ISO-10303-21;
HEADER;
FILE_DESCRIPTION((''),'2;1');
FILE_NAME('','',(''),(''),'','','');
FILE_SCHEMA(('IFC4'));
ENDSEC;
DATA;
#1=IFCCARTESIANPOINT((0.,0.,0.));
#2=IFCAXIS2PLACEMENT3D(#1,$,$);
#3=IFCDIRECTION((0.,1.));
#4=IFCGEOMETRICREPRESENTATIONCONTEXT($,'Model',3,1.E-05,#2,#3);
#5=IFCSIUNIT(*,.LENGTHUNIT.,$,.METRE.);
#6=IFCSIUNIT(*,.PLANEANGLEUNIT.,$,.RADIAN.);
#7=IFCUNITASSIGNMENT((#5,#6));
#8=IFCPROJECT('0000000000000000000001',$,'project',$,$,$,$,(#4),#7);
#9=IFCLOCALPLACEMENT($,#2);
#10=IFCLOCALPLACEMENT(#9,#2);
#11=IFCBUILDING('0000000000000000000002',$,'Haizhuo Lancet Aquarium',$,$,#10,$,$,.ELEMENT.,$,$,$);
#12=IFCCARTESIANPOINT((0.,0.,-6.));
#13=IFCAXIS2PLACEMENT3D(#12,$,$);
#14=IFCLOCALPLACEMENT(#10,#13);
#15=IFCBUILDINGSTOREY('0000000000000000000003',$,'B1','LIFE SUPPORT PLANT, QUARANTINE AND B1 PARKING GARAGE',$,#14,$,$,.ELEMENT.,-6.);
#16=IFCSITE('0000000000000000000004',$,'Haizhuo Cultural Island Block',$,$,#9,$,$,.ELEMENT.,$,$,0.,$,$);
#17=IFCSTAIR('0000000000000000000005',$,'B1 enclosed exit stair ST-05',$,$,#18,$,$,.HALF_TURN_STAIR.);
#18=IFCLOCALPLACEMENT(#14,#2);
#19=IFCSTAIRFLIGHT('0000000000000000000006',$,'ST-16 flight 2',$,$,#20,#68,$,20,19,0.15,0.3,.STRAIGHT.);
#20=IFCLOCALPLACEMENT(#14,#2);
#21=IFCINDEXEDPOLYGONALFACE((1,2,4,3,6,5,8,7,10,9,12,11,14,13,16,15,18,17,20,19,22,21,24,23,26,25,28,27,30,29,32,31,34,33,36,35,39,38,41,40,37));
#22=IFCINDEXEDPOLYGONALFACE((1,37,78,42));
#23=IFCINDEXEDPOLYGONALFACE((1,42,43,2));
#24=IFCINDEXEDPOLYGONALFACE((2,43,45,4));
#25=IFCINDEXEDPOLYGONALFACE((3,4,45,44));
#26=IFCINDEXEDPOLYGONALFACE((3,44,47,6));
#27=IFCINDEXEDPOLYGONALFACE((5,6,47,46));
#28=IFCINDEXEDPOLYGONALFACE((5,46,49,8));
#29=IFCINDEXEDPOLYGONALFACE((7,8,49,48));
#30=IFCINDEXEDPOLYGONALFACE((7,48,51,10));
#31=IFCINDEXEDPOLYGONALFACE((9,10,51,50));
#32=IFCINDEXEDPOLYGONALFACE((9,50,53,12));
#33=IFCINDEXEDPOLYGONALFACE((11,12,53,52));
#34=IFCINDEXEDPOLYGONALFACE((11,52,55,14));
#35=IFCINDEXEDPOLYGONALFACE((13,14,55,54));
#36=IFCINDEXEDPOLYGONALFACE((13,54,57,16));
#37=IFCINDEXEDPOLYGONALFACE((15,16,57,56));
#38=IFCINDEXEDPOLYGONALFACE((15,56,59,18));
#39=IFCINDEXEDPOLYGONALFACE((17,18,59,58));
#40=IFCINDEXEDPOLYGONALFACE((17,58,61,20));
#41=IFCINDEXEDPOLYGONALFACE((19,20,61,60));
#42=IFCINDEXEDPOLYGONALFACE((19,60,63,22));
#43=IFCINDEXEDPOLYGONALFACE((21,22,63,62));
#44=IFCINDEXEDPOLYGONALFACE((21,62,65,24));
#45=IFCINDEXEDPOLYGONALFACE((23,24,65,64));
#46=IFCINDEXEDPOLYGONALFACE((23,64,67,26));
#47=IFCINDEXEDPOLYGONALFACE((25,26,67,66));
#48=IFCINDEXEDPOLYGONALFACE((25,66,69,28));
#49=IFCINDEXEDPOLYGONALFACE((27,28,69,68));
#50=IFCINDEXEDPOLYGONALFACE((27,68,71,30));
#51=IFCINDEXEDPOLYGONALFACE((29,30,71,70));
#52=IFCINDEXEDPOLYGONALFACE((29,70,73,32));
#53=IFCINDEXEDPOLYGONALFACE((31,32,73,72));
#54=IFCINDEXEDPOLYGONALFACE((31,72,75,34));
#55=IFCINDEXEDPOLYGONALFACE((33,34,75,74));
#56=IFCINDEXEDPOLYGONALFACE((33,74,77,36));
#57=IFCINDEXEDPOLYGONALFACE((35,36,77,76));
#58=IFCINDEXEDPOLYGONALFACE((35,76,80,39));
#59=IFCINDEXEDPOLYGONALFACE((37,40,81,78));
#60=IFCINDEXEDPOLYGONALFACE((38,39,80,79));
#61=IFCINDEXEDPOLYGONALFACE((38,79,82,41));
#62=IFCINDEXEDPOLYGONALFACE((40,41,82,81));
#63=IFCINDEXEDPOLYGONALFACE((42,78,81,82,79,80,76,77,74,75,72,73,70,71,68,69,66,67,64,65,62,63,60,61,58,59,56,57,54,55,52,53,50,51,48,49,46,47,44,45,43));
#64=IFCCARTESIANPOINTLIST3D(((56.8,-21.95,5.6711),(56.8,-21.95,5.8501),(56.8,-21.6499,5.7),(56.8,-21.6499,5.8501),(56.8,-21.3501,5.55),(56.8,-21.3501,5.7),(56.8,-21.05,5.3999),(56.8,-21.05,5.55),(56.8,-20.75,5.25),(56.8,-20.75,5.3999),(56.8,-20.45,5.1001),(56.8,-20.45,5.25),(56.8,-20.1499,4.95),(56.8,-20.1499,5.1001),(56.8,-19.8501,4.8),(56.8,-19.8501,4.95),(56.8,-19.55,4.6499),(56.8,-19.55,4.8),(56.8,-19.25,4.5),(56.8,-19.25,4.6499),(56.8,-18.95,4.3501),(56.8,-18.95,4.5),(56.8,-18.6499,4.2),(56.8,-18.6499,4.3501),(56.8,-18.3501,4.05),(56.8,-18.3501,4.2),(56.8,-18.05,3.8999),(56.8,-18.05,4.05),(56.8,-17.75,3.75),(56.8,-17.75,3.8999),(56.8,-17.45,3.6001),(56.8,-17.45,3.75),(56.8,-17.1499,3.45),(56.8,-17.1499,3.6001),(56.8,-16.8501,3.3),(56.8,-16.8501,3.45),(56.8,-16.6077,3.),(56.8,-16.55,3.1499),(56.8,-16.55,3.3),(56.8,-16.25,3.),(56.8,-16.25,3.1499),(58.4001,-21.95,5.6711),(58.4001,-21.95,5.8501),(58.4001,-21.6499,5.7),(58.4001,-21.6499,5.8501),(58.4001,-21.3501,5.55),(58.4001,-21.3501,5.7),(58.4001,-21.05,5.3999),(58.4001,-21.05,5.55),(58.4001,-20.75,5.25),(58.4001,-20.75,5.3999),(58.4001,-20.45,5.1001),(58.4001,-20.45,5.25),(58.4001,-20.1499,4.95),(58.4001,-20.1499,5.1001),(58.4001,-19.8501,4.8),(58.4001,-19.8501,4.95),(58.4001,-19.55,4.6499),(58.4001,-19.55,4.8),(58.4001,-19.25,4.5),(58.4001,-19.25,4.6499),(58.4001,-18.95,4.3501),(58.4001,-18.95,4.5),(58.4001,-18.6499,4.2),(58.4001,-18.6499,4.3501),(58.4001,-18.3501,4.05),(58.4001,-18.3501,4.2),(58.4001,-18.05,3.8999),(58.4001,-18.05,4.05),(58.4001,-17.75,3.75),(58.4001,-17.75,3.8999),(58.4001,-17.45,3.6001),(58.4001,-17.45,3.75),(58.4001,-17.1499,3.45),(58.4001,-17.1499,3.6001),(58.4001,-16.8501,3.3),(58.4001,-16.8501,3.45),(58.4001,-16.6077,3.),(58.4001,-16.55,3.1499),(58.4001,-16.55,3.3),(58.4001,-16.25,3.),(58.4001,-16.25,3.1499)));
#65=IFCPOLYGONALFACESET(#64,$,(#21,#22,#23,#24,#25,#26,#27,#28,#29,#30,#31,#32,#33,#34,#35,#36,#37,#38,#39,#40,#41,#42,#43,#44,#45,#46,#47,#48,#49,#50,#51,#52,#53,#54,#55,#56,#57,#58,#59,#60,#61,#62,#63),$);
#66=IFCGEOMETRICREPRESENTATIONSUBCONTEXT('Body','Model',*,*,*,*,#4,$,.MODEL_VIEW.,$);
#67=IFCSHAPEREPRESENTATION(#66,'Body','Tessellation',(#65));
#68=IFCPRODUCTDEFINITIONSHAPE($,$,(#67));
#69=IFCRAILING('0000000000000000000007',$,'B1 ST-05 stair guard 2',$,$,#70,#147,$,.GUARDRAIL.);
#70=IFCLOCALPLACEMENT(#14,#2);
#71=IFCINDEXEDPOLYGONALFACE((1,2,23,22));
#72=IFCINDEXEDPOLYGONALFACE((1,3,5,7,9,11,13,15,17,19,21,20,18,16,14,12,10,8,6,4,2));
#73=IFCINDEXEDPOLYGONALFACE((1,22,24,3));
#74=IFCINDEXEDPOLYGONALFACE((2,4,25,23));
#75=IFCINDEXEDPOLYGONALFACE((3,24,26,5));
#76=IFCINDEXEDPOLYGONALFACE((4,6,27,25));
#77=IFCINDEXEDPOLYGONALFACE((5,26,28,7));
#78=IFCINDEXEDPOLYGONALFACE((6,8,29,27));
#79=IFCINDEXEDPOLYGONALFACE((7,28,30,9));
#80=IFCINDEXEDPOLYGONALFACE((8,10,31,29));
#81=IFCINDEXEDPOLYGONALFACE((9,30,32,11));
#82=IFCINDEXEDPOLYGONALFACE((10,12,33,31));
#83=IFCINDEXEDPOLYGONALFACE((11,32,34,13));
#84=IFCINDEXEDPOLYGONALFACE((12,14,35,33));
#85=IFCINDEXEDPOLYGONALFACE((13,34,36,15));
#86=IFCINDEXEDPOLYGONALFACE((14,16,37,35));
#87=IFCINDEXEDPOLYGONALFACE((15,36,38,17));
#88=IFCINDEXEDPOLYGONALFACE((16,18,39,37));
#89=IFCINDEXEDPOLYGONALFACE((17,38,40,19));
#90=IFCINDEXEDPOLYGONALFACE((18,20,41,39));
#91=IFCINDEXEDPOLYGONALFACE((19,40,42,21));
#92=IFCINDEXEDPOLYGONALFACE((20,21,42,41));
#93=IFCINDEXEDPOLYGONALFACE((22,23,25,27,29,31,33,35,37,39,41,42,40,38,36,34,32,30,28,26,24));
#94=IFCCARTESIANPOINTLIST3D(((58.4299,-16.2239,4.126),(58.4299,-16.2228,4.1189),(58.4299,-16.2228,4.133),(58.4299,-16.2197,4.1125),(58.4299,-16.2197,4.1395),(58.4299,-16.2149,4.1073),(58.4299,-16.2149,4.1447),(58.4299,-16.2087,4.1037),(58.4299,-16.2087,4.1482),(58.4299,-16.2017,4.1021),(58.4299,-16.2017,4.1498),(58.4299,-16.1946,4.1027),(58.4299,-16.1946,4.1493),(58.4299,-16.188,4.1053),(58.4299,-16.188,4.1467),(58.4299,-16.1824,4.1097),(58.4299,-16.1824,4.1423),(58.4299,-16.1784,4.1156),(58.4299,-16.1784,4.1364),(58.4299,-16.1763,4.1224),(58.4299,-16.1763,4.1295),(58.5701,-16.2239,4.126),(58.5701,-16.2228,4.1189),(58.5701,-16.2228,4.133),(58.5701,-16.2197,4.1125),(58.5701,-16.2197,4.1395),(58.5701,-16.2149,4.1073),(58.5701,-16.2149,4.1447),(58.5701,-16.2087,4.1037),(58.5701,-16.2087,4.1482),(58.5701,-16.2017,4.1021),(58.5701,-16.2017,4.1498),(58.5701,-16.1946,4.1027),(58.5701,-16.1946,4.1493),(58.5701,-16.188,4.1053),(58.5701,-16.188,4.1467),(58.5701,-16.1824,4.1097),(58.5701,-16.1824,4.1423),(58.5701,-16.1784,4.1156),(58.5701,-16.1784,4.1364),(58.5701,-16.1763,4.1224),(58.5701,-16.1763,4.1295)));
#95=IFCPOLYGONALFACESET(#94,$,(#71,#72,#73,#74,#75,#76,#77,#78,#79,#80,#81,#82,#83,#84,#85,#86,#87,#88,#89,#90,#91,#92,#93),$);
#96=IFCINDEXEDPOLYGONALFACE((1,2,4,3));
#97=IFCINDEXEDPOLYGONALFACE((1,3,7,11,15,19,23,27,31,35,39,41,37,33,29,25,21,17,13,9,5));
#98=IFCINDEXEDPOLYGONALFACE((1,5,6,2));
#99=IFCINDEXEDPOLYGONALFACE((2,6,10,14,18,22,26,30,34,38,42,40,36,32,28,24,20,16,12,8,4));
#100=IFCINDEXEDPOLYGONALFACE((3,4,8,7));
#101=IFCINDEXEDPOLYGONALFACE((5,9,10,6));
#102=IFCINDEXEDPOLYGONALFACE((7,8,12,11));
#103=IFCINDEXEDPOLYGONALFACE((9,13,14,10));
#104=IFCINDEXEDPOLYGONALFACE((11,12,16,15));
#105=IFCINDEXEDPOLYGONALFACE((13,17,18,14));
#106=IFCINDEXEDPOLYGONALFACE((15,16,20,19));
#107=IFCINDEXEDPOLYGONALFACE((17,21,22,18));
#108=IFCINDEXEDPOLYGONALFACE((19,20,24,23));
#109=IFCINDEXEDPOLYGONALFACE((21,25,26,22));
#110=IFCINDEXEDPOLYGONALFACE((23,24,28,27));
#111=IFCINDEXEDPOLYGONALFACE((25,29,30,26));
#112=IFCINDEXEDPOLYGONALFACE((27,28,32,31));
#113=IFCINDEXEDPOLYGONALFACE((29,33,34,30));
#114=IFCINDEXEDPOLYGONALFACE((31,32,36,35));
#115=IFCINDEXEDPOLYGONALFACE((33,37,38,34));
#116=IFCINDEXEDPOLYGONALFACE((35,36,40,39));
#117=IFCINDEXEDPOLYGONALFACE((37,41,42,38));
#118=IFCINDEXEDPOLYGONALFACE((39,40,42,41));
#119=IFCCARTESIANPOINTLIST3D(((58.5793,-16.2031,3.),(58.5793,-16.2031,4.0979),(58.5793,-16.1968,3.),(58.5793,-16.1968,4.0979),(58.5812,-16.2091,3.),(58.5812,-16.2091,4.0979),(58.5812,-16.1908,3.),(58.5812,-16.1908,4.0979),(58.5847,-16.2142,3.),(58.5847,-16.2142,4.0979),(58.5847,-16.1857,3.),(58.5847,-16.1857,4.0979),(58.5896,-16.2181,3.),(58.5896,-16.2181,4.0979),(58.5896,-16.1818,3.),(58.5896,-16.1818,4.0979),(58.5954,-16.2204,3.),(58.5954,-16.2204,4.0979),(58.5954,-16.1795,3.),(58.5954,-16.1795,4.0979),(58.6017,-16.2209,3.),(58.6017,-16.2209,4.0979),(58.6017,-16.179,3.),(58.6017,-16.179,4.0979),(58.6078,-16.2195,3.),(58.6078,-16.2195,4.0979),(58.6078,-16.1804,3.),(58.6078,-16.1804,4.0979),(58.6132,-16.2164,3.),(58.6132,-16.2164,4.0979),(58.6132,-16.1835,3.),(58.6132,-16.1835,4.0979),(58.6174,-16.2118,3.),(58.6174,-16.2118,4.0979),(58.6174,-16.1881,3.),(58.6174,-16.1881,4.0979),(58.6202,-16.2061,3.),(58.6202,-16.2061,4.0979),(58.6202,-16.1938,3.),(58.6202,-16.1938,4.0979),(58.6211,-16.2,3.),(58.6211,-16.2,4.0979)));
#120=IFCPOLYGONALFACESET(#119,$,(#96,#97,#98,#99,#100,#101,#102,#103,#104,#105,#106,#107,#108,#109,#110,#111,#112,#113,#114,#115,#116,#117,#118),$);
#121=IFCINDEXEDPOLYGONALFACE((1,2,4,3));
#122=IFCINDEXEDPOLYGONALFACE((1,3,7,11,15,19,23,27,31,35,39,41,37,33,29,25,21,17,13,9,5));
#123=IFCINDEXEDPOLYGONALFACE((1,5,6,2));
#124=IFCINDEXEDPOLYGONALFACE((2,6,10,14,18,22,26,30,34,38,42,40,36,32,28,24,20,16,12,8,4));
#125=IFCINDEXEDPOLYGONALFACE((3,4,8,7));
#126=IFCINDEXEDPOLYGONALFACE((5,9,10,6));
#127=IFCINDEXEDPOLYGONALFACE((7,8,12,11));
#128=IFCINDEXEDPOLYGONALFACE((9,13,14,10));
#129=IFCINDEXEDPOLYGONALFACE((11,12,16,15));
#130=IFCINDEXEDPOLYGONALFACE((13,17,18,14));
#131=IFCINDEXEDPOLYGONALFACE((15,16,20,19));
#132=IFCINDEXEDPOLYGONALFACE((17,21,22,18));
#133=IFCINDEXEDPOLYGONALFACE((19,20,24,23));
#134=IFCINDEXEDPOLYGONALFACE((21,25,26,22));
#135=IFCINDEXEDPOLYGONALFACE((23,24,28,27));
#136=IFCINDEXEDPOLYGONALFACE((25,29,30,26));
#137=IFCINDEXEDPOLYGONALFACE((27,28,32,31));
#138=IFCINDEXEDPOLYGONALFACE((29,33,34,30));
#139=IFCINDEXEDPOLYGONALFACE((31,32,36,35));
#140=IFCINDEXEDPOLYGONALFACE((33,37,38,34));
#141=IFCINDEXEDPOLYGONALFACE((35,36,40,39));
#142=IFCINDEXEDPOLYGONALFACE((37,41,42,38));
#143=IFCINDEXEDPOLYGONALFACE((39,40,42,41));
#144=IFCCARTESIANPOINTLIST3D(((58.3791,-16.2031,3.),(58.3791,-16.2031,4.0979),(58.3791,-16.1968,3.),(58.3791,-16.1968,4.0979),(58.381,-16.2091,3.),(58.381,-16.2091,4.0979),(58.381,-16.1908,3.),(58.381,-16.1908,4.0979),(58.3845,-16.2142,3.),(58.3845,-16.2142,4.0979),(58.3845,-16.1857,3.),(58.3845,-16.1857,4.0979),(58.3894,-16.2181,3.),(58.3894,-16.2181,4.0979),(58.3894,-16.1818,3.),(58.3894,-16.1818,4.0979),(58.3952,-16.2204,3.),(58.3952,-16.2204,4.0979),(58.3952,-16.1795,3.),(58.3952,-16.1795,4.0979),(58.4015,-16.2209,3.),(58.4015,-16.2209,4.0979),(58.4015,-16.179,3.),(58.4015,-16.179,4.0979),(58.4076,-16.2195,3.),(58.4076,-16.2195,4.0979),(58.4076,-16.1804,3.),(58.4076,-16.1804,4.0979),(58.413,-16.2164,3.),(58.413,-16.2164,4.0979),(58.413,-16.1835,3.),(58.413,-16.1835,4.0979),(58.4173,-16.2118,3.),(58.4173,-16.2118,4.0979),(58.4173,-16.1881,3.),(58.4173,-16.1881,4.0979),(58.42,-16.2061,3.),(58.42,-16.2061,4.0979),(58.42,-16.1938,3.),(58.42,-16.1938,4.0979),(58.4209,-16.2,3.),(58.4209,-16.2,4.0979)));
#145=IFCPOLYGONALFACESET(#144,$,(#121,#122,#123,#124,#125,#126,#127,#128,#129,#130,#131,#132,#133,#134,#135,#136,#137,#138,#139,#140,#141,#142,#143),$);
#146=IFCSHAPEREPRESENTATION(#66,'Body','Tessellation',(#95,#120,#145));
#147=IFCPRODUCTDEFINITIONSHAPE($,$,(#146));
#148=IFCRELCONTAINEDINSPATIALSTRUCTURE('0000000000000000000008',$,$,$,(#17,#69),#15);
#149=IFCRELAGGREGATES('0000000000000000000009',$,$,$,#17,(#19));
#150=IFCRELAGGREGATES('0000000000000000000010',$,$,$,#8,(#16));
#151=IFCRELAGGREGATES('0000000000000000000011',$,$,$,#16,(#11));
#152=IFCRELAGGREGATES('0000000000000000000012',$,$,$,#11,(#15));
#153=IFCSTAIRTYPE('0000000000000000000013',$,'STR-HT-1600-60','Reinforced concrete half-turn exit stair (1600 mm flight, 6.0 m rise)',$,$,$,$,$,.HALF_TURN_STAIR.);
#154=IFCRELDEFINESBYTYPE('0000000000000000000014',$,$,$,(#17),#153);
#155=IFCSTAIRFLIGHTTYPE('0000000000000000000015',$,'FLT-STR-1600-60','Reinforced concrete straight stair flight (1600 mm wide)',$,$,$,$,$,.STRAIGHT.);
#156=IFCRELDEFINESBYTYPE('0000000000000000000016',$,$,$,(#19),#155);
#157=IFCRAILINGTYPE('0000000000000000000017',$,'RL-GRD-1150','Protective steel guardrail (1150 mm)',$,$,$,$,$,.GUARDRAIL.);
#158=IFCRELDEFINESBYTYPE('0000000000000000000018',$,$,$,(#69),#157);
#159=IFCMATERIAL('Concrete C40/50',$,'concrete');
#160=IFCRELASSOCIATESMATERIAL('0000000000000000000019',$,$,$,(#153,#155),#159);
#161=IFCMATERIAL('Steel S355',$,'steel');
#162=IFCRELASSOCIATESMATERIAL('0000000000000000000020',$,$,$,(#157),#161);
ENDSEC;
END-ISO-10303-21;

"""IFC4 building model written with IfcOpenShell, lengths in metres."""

from ifc_helpers import new_model, si_unit, direction, frame, origin, origin_2d, place, context, subcontext, project, spatial, polyline, circle, outline, extrude, material, type_object, element, aggregate, save


model = new_model("IFC4")

# Units and contexts
model_context = context("Model", 3, precision=1e-05, world=origin(), true_north=direction((0.0, 1.0)))
body_context = subcontext(model_context, "Body", "Model", "MODEL_VIEW")
ifc_project = project(units=[si_unit("LENGTHUNIT", "METRE"), si_unit("PLANEANGLEUNIT", "RADIAN")], contexts=[model_context])

# Site, building, storey
site_placement = place(None, origin())
site = spatial("IfcSite", under=ifc_project, at=site_placement, Name="Haizhuo Cultural Island Block", CompositionType="ELEMENT", RefElevation=0.0)
building_placement = place(site_placement, origin())
building = spatial("IfcBuilding", under=site, at=building_placement, Name="Haizhuo Lancet Aquarium", CompositionType="ELEMENT")
storey_placement = place(building_placement, frame((0.0, 0.0, -6.0)))
storey = spatial("IfcBuildingStorey", under=building, at=storey_placement, Name="B1", Description="LIFE SUPPORT PLANT, QUARANTINE AND B1 PARKING GARAGE", CompositionType="ELEMENT", Elevation=-6.0)

# Shared definitions
ifc_material_1 = material(Name="Concrete C40/50", Category="concrete")

# Shared definitions
ifc_material_2 = material(Name="Steel S355", Category="steel")

# Stair, stair flight
stair_type = type_object("IfcStairType", Name="STR-HT-1600-60", Description="Reinforced concrete half-turn exit stair (1600 mm flight, 6.0 m rise)", PredefinedType="HALF_TURN_STAIR", material=ifc_material_1)
stair_placement = place(storey_placement, origin())
stair = element("IfcStair", 1, at=stair_placement, inside=storey, type_object=stair_type, Name="B1 enclosed exit stair ST-05", PredefinedType="HALF_TURN_STAIR")
stair_flight_type = type_object("IfcStairFlightType", Name="FLT-STR-1600-60", Description="Reinforced concrete straight stair flight (1600 mm wide)", PredefinedType="STRAIGHT", material=ifc_material_1)
stair_flight_placement = place(storey_placement, frame((57.6001, -16.25, 3.0), z_axis=(0.0, 0.0, 1.0), x_axis=(0.0, -1.0, 0.0)))
stair_flight = element("IfcStairFlight", 2, at=stair_flight_placement, type_object=stair_flight_type, Name="ST-16 flight 2", NumberOfRisers=20, NumberOfTreads=19, PredefinedType="STRAIGHT", RiserHeight=0.15, TreadLength=0.3, context=body_context, shape_type="SweptSolid", body=[
    extrude(outline(polyline([(0.0, 0.0), (0.0, 0.1499), (0.3, 0.1499), (0.3, 0.3), (0.6001, 0.3), (0.6001, 0.45), (0.8999, 0.45), (0.8999, 0.6001), (1.2, 0.6001), (1.2, 0.75), (1.5, 0.75), (1.5, 0.8999), (1.8, 0.8999), (1.8, 1.05), (2.1001, 1.05), (2.1001, 1.2), (2.3999, 1.2), (2.3999, 1.3501), (2.7, 1.3501), (2.7, 1.5), (3.0, 1.5), (3.0, 1.6499), (3.3, 1.6499), (3.3, 1.8), (3.6001, 1.8), (3.6001, 1.95), (3.8999, 1.95), (3.8999, 2.1001), (4.2, 2.1001), (4.2, 2.25), (4.5, 2.25), (4.5, 2.3999), (4.8, 2.3999), (4.8, 2.55), (5.1001, 2.55), (5.1001, 2.7), (5.3999, 2.7), (5.3999, 2.8501), (5.7, 2.8501), (5.7, 3.0), (5.7, 2.6711), (0.3577, 0.0), (0.0, 0.0)])), frame((0.0, 0.8, 0.0), z_axis=(0.0, -1.0, 0.0), x_axis=(1.0, 0.0, 0.0)), (0.0, 0.0, 1.0), 1.6001),
])
aggregate(stair, [stair_flight])

# Railing
railing_type_1 = type_object("IfcRailingType", Name="RL-GRD-1150", Description="Protective steel guardrail (1150 mm)", PredefinedType="GUARDRAIL", material=ifc_material_2)
railing_1_placement = place(storey_placement, frame((58.6001, -16.2, 3.0)))
element("IfcRailing", 3, at=railing_1_placement, inside=storey, type_object=railing_type_1, Name="B1 ST-05 stair guard 2", PredefinedType="GUARDRAIL", context=body_context, shape_type="SweptSolid", body=[
    extrude(circle(Radius=0.0239, at=origin_2d()), frame((-0.03, 0.0, 1.126), z_axis=(-1.0, 0.0, 0.0), x_axis=(0.0, -1.0, 0.0)), (0.0, 0.0, 1.0), 0.1401),
    extrude(circle(Radius=0.021, at=origin_2d()), origin(), (0.0, 0.0, 1.0), 1.0979),
    extrude(circle(Radius=0.021, at=origin_2d()), frame((-0.2002, 0.0, 0.0)), (0.0, 0.0, 1.0), 1.0979),
])

save(model, "model.ifc")
